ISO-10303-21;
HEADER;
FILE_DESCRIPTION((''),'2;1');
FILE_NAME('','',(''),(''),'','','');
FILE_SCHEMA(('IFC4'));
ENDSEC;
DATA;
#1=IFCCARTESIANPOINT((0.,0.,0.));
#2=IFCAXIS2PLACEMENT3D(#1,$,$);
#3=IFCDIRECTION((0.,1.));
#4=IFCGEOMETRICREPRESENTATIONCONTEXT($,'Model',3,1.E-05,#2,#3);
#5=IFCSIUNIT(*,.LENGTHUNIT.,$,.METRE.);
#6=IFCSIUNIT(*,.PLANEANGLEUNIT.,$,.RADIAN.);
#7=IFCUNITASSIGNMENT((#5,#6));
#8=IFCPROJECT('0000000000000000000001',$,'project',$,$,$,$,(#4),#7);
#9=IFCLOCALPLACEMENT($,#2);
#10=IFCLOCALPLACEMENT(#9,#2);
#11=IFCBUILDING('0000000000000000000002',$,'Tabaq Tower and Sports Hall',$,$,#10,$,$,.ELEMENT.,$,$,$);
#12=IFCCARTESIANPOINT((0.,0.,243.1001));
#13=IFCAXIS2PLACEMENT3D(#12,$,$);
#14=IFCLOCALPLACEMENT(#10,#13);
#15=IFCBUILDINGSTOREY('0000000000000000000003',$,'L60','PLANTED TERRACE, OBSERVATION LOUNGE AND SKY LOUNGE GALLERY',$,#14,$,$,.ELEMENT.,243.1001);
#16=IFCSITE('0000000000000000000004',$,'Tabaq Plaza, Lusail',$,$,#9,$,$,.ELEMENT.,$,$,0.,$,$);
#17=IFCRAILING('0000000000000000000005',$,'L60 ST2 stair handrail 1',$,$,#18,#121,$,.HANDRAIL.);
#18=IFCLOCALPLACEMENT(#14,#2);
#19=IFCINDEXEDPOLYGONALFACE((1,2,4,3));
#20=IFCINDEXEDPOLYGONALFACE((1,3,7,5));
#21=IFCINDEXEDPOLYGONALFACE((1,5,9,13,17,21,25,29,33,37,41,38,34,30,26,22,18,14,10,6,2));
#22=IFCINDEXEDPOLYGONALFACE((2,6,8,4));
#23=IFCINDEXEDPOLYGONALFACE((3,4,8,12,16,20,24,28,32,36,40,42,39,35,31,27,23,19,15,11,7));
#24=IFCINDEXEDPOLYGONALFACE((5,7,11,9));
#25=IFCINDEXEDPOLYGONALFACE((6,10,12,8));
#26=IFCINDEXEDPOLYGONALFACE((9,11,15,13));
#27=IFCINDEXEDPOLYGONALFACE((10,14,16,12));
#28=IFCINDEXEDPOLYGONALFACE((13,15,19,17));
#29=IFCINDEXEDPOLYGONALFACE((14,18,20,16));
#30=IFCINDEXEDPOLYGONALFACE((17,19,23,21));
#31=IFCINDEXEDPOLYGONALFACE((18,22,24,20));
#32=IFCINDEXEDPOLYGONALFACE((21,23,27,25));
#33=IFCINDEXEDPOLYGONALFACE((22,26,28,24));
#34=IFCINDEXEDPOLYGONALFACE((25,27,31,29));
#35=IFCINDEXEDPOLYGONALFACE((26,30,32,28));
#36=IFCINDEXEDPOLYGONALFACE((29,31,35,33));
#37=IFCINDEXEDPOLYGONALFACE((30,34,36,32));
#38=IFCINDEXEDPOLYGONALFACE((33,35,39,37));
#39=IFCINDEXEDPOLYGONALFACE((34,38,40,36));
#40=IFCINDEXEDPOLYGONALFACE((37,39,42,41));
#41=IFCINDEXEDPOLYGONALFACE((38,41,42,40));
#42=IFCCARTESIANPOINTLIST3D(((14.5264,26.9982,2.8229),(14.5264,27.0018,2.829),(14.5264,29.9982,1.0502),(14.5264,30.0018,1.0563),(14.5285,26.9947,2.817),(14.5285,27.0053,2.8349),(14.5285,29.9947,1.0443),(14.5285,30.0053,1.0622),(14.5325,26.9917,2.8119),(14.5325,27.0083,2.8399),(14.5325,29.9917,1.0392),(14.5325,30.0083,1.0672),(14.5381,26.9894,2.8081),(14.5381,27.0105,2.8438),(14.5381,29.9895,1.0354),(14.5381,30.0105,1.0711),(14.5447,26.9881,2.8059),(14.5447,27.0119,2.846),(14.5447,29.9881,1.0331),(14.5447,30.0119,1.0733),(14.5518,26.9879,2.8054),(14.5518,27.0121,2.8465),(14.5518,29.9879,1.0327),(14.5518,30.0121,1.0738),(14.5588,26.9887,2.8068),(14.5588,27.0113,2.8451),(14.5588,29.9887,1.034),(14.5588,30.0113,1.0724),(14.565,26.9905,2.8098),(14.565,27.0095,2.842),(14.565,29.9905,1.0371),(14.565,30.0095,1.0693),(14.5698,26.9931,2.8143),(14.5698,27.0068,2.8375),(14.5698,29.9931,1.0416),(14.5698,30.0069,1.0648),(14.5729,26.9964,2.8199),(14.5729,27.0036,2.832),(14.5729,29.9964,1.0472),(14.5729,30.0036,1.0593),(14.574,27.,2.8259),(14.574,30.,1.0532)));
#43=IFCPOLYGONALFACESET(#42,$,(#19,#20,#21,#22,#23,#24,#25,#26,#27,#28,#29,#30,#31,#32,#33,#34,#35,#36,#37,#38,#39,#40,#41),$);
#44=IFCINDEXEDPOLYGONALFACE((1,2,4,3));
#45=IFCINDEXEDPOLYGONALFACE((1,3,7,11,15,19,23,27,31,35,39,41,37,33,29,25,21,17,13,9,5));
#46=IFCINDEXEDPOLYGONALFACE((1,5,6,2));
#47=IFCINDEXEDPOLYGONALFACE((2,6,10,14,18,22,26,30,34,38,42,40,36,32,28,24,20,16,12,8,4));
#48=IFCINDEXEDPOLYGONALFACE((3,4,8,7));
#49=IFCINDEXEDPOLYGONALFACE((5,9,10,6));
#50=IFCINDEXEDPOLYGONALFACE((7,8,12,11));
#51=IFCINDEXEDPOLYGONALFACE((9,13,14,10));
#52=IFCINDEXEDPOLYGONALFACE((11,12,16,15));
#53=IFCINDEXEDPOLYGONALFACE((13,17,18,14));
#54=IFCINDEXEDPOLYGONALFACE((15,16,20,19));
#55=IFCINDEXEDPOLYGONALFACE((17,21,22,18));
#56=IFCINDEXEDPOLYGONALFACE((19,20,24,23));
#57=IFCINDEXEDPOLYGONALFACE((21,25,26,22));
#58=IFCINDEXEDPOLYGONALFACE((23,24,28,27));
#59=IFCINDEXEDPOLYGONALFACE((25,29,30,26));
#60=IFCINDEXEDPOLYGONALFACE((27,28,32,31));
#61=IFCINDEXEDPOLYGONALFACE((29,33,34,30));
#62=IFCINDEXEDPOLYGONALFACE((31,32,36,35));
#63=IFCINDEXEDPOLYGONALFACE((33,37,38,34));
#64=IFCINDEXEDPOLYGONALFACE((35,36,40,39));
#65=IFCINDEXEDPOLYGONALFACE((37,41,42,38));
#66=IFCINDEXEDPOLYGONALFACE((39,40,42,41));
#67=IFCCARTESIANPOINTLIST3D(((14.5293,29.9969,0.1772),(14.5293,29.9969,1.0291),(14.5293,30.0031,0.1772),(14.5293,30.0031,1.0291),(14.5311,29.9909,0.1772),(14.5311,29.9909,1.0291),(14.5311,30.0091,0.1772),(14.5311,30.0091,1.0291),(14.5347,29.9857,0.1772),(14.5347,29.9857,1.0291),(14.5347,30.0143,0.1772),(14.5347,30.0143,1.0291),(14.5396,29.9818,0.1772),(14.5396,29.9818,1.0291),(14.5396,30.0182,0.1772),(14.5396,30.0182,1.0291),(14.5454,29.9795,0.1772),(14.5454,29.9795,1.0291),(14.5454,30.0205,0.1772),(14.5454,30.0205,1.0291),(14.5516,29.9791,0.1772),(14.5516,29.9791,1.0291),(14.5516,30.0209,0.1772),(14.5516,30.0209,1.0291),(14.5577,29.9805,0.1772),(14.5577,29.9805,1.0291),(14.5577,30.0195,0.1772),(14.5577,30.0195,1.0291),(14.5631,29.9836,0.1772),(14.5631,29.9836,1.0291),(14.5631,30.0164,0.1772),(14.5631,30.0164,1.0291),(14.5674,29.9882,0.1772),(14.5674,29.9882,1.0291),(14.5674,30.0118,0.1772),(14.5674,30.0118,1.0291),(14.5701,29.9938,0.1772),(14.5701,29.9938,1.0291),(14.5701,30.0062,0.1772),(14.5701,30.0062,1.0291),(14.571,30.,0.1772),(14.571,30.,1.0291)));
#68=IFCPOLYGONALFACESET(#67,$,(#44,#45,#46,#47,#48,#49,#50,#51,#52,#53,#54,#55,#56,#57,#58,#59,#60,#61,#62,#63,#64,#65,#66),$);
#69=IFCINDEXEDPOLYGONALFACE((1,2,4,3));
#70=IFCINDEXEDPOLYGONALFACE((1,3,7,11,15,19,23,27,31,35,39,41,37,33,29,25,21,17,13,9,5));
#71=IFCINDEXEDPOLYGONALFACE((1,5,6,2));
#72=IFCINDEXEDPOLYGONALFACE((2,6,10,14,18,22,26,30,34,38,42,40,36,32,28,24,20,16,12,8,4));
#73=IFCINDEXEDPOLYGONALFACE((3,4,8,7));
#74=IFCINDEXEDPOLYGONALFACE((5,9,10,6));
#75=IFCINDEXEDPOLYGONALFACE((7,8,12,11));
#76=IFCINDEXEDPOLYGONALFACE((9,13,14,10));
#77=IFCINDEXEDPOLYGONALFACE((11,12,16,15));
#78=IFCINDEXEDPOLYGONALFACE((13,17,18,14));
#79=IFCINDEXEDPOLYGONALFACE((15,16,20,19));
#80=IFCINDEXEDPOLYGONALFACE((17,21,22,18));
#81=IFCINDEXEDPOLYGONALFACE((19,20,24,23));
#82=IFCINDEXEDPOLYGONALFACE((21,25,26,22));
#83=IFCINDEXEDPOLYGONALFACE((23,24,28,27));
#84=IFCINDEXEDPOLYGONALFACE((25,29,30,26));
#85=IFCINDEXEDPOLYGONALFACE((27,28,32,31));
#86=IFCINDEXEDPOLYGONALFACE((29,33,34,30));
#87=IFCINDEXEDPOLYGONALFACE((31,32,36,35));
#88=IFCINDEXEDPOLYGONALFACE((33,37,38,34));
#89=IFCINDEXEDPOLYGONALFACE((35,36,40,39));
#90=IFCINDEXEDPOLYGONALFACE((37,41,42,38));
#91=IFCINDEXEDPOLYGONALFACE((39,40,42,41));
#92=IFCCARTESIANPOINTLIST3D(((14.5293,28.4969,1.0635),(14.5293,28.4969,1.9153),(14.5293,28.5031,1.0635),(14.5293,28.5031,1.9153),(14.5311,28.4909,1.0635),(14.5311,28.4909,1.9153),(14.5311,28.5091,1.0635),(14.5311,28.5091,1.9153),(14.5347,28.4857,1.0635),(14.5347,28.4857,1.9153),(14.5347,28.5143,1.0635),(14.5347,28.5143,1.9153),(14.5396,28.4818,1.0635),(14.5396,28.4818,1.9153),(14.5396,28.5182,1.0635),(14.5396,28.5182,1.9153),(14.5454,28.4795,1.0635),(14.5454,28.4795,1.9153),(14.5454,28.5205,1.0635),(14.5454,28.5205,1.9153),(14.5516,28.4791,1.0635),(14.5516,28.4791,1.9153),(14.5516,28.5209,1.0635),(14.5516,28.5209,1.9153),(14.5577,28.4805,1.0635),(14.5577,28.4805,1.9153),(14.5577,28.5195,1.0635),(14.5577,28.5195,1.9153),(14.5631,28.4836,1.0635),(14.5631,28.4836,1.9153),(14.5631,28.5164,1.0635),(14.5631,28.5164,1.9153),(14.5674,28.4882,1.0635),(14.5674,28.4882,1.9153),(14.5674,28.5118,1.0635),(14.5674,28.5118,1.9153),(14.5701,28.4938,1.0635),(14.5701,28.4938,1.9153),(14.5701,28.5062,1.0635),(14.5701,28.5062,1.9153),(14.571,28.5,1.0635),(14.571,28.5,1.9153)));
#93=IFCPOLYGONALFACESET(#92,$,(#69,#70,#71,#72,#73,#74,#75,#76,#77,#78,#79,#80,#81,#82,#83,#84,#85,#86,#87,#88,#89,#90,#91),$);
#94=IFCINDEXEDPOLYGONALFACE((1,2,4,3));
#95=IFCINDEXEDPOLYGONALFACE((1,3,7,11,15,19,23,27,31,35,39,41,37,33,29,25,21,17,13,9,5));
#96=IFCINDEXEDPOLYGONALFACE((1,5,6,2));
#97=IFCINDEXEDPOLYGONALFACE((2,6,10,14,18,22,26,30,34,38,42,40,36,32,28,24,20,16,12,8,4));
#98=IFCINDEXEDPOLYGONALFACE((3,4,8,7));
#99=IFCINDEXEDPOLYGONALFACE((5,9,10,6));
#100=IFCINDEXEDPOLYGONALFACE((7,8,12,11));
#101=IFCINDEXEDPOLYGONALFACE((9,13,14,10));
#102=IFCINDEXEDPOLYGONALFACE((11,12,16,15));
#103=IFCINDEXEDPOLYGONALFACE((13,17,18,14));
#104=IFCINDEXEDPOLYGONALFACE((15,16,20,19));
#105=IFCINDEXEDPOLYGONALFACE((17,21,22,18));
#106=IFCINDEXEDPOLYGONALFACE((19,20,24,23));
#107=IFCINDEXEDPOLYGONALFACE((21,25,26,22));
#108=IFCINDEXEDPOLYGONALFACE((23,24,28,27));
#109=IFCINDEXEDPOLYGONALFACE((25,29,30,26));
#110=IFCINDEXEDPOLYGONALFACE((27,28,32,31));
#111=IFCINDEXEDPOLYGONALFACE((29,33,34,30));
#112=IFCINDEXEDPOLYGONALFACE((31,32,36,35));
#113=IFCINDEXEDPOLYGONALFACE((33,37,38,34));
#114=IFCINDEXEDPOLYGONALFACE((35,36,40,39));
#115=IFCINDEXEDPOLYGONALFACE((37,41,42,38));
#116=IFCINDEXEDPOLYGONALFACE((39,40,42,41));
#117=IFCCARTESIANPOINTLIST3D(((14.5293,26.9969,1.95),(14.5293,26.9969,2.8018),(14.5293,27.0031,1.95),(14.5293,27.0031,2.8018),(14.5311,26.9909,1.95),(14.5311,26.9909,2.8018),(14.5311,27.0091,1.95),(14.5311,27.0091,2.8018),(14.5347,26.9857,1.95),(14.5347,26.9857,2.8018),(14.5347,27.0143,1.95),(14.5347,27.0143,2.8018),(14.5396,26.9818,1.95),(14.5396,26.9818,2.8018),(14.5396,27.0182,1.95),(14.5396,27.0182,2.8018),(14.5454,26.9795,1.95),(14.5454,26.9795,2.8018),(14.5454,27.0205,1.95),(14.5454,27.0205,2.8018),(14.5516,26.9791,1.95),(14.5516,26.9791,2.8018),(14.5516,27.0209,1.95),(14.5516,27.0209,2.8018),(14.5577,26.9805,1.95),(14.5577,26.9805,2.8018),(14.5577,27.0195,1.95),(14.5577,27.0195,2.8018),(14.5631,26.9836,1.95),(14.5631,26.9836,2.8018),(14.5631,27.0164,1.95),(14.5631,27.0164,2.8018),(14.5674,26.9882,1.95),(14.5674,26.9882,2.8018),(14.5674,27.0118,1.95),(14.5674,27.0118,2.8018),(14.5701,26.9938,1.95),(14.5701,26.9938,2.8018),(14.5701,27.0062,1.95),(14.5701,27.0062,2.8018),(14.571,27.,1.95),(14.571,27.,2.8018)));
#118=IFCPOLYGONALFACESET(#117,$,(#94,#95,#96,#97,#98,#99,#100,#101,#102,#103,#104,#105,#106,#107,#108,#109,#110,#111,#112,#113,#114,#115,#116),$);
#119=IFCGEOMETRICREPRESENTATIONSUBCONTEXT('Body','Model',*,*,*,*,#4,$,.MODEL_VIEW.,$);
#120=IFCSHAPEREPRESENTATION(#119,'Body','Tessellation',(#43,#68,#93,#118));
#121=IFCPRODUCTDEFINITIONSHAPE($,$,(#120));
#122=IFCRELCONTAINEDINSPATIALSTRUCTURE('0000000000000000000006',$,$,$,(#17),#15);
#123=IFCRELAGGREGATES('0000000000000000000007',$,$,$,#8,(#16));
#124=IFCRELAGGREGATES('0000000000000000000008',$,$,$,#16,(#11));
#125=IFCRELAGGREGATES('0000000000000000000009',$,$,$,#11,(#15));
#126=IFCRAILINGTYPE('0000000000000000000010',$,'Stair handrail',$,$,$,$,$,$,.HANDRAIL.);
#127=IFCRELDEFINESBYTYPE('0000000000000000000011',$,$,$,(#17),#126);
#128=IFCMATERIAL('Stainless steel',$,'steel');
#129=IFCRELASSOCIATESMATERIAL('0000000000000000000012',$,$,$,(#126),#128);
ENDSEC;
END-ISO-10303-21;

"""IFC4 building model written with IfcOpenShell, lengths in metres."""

from ifc_helpers import new_model, si_unit, direction, frame, origin, origin_2d, place, context, subcontext, project, spatial, circle, extrude, material, type_object, element, save


model = new_model("IFC4")

# Units and contexts
model_context = context("Model", 3, precision=1e-05, world=origin(), true_north=direction((0.0, 1.0)))
body_context = subcontext(model_context, "Body", "Model", "MODEL_VIEW")
ifc_project = project(units=[si_unit("LENGTHUNIT", "METRE"), si_unit("PLANEANGLEUNIT", "RADIAN")], contexts=[model_context])

# Site, building, storey
site_placement = place(None, origin())
site = spatial("IfcSite", under=ifc_project, at=site_placement, Name="Tabaq Plaza, Lusail", CompositionType="ELEMENT", RefElevation=0.0)
building_placement = place(site_placement, origin())
building = spatial("IfcBuilding", under=site, at=building_placement, Name="Tabaq Tower and Sports Hall", CompositionType="ELEMENT")
storey_placement = place(building_placement, frame((0.0, 0.0, 243.1001)))
storey = spatial("IfcBuildingStorey", under=building, at=storey_placement, Name="L60", Description="PLANTED TERRACE, OBSERVATION LOUNGE AND SKY LOUNGE GALLERY", CompositionType="ELEMENT", Elevation=243.1001)

# Railing
ifc_material_1 = material(Name="Stainless steel", Category="steel")
railing_type_1 = type_object("IfcRailingType", Name="Stair handrail", PredefinedType="HANDRAIL", material=ifc_material_1)
railing_1_placement = place(storey_placement, frame((14.55, 30.0, 0.1772)))
element("IfcRailing", 1, at=railing_1_placement, inside=storey, type_object=railing_type_1, Name="L60 ST2 stair handrail 1", PredefinedType="HANDRAIL", context=body_context, shape_type="SweptSolid", body=[
    extrude(circle(Radius=0.0239, at=origin_2d()), frame((0.0, 0.0, 0.876), z_axis=(0.0, -0.860929, 0.508725), x_axis=(1.0, 0.0, 0.0)), (0.0, 0.0, 1.0), 3.4846),
    extrude(circle(Radius=0.021, at=origin_2d()), origin(), (0.0, 0.0, 1.0), 0.8518),
    extrude(circle(Radius=0.021, at=origin_2d()), frame((0.0, -1.5, 0.8862)), (0.0, 0.0, 1.0), 0.8518),
    extrude(circle(Radius=0.021, at=origin_2d()), frame((0.0, -3.0, 1.7727)), (0.0, 0.0, 1.0), 0.8518),
])

save(model, "model.ifc")
